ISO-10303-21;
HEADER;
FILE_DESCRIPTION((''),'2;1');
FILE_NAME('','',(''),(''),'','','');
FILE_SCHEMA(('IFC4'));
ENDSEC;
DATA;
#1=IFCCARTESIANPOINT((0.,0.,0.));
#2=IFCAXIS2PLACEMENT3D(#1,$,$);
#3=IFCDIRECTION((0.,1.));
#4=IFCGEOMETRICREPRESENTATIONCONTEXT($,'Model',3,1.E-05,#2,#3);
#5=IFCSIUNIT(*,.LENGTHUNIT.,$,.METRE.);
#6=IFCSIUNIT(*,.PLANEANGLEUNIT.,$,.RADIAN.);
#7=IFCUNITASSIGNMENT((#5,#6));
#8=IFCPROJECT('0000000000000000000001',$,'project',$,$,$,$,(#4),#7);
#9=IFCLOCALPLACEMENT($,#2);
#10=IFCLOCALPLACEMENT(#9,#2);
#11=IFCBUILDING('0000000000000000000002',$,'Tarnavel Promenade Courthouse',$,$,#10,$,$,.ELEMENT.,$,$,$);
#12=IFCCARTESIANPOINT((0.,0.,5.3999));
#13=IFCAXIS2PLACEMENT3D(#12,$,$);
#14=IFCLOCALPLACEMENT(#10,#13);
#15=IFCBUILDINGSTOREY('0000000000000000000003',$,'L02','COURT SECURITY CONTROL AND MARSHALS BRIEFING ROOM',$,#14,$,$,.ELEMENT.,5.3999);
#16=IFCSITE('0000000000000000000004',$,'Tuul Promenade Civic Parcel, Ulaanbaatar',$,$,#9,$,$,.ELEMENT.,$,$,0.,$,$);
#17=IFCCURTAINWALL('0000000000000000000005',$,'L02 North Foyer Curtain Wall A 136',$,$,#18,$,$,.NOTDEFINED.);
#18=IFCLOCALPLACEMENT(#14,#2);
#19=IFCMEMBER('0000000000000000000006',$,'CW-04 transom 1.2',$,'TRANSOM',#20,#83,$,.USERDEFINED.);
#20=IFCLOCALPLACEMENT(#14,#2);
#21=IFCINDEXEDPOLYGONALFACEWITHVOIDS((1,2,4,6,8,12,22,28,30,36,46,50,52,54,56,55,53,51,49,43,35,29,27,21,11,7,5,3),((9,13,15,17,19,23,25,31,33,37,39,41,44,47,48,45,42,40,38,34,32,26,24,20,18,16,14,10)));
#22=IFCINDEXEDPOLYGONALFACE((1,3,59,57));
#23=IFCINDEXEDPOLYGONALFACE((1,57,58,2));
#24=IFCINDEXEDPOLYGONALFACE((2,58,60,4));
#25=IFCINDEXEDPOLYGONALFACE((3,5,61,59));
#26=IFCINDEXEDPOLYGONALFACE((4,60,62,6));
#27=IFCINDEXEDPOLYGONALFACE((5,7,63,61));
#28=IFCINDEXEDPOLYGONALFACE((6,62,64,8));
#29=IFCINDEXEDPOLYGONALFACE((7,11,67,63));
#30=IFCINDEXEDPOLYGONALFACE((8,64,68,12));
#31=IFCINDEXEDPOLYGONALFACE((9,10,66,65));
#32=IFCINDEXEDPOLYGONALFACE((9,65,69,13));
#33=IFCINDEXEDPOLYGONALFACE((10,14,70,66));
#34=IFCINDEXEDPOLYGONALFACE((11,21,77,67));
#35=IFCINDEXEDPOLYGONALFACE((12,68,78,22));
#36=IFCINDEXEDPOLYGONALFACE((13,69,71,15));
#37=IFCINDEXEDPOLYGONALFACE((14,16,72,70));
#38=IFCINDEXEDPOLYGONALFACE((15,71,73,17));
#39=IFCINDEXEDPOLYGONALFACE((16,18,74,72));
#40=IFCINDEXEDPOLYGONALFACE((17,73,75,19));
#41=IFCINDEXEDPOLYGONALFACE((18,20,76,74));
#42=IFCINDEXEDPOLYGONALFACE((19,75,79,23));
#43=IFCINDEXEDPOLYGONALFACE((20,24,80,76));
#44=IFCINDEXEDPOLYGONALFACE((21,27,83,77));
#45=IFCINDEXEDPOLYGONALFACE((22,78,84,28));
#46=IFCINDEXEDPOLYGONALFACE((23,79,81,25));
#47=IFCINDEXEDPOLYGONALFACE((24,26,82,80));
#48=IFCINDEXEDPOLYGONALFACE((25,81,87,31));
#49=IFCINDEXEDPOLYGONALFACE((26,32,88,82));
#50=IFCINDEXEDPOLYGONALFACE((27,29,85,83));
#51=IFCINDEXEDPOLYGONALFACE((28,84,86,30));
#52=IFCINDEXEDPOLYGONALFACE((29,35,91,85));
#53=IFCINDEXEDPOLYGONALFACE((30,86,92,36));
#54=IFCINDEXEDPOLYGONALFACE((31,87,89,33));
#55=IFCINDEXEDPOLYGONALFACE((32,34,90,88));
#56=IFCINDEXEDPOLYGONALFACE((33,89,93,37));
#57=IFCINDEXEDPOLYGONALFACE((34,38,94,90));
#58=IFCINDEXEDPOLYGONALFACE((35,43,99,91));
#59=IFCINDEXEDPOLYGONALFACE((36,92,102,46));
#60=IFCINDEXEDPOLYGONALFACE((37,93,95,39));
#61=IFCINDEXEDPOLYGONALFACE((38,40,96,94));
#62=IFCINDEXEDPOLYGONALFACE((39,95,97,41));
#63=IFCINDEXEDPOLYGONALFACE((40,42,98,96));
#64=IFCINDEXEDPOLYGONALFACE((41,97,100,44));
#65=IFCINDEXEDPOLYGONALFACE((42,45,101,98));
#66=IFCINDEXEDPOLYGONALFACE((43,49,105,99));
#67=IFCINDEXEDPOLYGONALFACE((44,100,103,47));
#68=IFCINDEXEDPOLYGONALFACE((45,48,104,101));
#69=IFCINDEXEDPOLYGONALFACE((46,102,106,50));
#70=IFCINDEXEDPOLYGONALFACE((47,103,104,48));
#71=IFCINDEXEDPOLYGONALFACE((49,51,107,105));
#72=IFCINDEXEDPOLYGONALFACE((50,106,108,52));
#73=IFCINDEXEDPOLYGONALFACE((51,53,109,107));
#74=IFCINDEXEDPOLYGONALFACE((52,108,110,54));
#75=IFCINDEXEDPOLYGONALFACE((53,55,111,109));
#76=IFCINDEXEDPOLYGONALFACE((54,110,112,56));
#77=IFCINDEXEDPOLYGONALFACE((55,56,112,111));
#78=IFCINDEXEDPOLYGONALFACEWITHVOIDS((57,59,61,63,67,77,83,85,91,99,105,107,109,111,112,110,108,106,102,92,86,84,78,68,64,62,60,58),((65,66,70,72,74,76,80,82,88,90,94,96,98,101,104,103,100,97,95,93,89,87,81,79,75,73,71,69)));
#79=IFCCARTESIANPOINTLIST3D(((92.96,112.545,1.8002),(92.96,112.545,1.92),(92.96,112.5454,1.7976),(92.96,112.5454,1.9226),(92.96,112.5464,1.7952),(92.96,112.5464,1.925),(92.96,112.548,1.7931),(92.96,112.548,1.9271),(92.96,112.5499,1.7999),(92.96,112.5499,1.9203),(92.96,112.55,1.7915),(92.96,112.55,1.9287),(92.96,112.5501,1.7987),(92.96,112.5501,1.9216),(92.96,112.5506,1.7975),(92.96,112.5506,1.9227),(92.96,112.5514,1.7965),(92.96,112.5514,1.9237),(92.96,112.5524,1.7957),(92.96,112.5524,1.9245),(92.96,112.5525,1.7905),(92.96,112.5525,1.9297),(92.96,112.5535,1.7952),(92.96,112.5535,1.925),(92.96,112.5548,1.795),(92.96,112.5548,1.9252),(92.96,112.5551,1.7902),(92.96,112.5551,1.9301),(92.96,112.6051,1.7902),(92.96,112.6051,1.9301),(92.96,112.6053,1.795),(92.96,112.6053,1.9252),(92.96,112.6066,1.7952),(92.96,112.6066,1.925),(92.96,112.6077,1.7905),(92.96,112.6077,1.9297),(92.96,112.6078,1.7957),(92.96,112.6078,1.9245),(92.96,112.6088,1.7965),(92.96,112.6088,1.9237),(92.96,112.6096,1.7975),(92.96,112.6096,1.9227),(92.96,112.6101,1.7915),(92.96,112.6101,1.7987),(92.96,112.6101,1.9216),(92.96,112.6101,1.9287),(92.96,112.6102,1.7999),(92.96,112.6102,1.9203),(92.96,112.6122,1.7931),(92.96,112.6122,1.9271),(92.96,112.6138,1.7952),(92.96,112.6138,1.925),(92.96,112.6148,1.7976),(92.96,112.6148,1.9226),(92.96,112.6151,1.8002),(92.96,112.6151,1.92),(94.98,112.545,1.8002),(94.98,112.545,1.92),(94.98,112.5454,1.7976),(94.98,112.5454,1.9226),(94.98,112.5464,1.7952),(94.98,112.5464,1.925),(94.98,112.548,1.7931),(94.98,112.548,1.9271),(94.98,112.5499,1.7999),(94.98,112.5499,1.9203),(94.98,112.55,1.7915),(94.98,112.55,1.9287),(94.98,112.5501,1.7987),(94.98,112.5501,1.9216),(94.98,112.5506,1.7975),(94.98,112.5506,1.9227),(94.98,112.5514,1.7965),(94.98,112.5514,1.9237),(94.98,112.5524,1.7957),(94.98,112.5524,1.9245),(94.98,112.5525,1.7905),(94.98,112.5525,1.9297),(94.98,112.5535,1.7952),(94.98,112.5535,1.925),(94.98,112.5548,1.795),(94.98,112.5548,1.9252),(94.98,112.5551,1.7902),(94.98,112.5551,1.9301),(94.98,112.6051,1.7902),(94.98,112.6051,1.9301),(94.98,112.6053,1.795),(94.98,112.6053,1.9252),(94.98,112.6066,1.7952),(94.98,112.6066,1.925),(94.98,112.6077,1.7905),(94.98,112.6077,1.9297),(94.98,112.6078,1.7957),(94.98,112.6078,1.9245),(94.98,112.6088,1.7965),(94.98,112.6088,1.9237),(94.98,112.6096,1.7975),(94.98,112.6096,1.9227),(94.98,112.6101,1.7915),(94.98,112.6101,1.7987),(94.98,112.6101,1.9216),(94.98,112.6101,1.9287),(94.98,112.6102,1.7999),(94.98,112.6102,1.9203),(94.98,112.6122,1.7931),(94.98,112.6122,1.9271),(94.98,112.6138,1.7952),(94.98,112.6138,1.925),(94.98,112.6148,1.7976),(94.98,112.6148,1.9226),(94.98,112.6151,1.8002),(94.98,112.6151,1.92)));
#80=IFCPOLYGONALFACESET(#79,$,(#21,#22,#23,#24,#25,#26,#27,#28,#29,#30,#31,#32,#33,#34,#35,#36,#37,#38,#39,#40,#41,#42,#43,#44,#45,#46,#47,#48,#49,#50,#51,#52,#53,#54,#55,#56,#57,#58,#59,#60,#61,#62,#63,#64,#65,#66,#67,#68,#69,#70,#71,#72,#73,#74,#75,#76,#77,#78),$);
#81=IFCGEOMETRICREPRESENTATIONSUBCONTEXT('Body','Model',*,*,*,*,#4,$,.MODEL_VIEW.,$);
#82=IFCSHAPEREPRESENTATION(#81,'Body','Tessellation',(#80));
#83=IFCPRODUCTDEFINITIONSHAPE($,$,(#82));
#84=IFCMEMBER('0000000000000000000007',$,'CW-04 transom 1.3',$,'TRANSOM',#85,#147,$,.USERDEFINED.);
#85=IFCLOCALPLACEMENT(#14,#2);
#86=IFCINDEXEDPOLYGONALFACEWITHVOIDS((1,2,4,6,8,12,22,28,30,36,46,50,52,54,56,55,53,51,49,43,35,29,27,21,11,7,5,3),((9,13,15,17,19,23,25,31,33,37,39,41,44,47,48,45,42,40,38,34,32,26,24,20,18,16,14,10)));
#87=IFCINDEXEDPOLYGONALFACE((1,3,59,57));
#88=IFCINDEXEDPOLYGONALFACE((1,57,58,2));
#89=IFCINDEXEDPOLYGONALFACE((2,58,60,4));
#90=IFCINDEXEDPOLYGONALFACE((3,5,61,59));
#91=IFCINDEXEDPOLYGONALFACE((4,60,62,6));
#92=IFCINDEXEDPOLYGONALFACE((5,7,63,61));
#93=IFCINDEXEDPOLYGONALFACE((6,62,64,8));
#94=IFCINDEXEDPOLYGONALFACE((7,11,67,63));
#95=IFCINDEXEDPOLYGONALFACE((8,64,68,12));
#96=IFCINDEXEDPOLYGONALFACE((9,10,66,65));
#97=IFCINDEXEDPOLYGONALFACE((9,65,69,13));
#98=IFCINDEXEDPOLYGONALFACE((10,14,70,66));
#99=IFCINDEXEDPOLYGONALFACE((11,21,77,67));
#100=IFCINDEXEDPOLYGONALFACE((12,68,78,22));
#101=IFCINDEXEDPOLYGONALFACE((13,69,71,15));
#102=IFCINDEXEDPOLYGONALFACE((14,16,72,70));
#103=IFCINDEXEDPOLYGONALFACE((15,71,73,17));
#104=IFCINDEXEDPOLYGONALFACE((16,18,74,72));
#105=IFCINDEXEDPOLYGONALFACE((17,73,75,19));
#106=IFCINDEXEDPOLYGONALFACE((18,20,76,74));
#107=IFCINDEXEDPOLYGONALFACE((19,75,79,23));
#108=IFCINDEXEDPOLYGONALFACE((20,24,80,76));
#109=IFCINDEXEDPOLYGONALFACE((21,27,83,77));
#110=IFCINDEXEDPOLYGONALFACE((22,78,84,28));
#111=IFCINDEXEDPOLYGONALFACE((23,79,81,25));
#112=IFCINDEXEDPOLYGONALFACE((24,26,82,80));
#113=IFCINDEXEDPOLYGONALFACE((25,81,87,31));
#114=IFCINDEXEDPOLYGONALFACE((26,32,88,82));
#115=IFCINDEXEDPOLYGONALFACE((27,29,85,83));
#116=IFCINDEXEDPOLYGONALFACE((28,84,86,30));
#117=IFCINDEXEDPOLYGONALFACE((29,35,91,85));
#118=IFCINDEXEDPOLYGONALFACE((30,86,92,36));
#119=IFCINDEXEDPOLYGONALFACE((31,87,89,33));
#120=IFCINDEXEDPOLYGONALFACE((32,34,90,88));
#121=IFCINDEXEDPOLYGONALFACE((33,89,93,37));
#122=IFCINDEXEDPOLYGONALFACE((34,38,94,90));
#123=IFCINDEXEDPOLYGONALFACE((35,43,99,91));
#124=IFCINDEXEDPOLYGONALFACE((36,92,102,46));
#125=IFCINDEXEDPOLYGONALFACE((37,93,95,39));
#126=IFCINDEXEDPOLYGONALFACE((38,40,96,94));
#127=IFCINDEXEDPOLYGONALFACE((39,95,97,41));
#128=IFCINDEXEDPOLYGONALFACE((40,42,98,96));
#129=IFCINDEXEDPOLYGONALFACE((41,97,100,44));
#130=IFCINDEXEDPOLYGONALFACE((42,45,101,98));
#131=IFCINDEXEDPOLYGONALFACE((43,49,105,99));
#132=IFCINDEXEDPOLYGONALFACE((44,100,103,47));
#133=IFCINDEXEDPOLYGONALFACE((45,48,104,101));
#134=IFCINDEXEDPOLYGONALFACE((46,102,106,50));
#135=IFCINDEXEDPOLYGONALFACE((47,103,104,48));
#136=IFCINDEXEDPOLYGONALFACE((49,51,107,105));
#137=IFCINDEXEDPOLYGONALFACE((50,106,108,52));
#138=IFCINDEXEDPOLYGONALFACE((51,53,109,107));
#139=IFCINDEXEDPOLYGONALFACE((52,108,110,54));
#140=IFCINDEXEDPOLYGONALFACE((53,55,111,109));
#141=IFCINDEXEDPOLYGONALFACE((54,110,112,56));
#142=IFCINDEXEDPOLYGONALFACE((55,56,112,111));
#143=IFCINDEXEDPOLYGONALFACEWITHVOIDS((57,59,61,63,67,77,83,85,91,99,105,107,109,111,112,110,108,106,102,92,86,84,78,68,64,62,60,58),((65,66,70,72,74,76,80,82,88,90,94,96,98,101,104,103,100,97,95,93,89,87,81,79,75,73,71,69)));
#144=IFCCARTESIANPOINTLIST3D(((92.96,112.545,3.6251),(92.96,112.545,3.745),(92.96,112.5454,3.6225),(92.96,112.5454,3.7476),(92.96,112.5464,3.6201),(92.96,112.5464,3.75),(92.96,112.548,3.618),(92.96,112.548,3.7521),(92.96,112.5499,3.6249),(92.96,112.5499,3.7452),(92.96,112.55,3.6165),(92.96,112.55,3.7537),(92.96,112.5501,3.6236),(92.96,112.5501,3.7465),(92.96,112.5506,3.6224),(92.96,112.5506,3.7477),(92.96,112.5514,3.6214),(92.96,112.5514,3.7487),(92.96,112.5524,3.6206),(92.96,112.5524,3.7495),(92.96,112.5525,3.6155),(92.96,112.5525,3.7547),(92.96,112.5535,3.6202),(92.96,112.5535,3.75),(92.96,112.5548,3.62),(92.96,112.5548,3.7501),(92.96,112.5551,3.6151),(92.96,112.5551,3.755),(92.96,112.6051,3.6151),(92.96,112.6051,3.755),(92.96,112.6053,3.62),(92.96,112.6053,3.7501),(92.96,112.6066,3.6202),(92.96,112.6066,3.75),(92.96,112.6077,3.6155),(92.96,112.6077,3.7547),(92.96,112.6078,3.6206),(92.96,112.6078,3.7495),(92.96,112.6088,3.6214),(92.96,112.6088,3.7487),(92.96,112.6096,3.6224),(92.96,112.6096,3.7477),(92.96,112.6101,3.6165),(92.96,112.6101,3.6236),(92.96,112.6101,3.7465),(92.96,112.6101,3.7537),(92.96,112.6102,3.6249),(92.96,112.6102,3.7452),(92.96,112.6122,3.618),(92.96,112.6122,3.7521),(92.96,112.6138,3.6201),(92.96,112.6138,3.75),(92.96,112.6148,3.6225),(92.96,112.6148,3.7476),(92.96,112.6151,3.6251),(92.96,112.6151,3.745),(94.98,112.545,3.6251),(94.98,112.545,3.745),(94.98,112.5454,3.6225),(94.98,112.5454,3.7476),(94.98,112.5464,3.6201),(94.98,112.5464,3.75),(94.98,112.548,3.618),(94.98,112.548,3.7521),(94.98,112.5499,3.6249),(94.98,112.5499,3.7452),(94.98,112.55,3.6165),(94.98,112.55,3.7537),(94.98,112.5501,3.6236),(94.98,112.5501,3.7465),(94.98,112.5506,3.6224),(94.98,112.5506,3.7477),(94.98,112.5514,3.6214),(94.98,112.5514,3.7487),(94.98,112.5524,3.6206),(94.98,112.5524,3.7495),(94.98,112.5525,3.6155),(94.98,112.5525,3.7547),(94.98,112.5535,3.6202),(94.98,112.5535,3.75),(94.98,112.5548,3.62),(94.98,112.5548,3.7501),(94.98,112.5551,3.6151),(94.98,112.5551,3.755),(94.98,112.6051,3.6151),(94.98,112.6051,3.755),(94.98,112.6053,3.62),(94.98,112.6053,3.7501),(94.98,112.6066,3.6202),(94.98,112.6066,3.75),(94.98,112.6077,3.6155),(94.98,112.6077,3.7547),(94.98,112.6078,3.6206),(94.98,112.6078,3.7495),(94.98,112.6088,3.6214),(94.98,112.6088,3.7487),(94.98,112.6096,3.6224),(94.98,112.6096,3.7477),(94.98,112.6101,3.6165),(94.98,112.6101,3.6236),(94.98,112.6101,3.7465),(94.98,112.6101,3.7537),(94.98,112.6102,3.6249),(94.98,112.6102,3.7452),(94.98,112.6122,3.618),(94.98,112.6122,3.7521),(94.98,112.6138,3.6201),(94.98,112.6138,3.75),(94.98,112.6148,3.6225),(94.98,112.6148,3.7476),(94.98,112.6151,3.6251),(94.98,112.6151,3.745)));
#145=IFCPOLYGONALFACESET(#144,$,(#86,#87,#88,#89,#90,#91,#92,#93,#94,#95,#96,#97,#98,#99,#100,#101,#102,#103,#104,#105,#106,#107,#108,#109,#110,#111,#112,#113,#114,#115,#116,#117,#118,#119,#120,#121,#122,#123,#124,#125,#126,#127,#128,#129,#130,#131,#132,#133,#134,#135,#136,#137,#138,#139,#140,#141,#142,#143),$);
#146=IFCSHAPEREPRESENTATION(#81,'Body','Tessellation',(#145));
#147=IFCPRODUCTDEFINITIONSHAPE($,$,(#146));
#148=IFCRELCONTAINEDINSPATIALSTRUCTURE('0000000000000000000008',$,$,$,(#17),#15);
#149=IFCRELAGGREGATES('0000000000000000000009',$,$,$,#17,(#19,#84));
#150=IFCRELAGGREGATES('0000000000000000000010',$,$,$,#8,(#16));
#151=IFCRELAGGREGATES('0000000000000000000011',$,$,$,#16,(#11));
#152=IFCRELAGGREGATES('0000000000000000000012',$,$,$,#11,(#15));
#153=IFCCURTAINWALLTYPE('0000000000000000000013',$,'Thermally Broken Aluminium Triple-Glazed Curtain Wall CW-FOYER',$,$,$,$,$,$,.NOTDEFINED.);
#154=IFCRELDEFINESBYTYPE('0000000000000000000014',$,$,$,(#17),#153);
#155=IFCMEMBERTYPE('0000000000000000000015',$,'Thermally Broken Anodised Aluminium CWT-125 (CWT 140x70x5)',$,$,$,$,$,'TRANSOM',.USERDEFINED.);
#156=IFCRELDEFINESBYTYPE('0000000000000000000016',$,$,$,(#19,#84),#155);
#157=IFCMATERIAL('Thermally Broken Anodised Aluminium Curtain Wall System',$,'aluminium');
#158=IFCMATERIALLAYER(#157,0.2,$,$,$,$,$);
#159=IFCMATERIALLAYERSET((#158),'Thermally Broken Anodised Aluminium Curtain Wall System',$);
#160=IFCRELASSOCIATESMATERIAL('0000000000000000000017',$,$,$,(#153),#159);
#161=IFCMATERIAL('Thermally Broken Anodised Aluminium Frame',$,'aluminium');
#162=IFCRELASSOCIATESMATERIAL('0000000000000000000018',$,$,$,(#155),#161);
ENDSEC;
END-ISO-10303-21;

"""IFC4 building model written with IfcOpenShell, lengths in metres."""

from ifc_helpers import new_model, si_unit, direction, frame, origin, origin_2d, place, context, subcontext, project, spatial, hollow_rectangle, extrude, material, layer, layer_set, material_profile, profile_set, type_object, element, aggregate, save


model = new_model("IFC4")

# Units and contexts
model_context = context("Model", 3, precision=1e-05, world=origin(), true_north=direction((0.0, 1.0)))
body_context = subcontext(model_context, "Body", "Model", "MODEL_VIEW")
ifc_project = project(units=[si_unit("LENGTHUNIT", "METRE"), si_unit("PLANEANGLEUNIT", "RADIAN")], contexts=[model_context])

# Site, building, storey
site_placement = place(None, origin())
site = spatial("IfcSite", under=ifc_project, at=site_placement, Name="Tuul Promenade Civic Parcel, Ulaanbaatar", CompositionType="ELEMENT", RefElevation=0.0)
building_placement = place(site_placement, origin())
building = spatial("IfcBuilding", under=site, at=building_placement, Name="Tarnavel Promenade Courthouse", CompositionType="ELEMENT")
storey_placement = place(building_placement, frame((0.0, 0.0, 5.3999)))
storey = spatial("IfcBuildingStorey", under=building, at=storey_placement, Name="L02", Description="COURT SECURITY CONTROL AND MARSHALS BRIEFING ROOM", CompositionType="ELEMENT", Elevation=5.3999)

# Shared definitions
ifc_material_1 = material(Name="Thermally Broken Anodised Aluminium Curtain Wall System", Category="aluminium")
ifc_layer_1 = layer(ifc_material_1, 0.2)
ifc_layer_set_1 = layer_set([ifc_layer_1], Name="Thermally Broken Anodised Aluminium Curtain Wall System")
curtain_wall_type = type_object("IfcCurtainWallType", Name="Thermally Broken Aluminium Triple-Glazed Curtain Wall CW-FOYER", PredefinedType="NOTDEFINED", material=ifc_layer_set_1)
ifc_material_2 = material(Name="Thermally Broken Anodised Aluminium Frame", Category="aluminium")

# Curtain wall
curtain_wall_1_placement = place(storey_placement, origin())
curtain_wall_1 = element("IfcCurtainWall", 1, at=curtain_wall_1_placement, inside=storey, type_object=curtain_wall_type, Name="L02 North Foyer Curtain Wall A 136", PredefinedType="NOTDEFINED")

# Members
ifc_material_profile_1 = material_profile(ifc_material_2, hollow_rectangle(XDim=0.0701, YDim=0.1399, WallThickness=0.0049, InnerFilletRadius=0.0049, OuterFilletRadius=0.01, at=origin_2d()), Name="CWT 140x70x5")
ifc_profile_set_1 = profile_set([ifc_material_profile_1], Name="Thermally Broken Anodised Aluminium Frame")
member_type_1 = type_object("IfcMemberType", Name="Thermally Broken Anodised Aluminium CWT-125 (CWT 140x70x5)", ElementType="TRANSOM", PredefinedType="USERDEFINED", material=ifc_profile_set_1)
member_1_placement = place(storey_placement, frame((92.96, 112.5801, 1.8601), z_axis=(1.0, 0.0, 0.0), x_axis=(0.0, 1.0, 0.0)))
member_1 = element("IfcMember", 2, at=member_1_placement, type_object=member_type_1, Name="CW-04 transom 1.2", ObjectType="TRANSOM", PredefinedType="USERDEFINED", context=body_context, shape_type="SweptSolid", body=[
    extrude(hollow_rectangle(XDim=0.0701, YDim=0.1399, WallThickness=0.0049, InnerFilletRadius=0.0049, OuterFilletRadius=0.01, at=origin_2d()), origin(), (0.0, 0.0, 1.0), 2.02),
])
member_2_placement = place(storey_placement, frame((92.96, 112.5801, 3.6851), z_axis=(1.0, 0.0, 0.0), x_axis=(0.0, 1.0, 0.0)))
member_2 = element("IfcMember", 3, at=member_2_placement, type_object=member_type_1, Name="CW-04 transom 1.3", ObjectType="TRANSOM", PredefinedType="USERDEFINED", context=body_context, shape_type="SweptSolid", body=[
    extrude(hollow_rectangle(XDim=0.0701, YDim=0.1399, WallThickness=0.0049, InnerFilletRadius=0.0049, OuterFilletRadius=0.01, at=origin_2d()), origin(), (0.0, 0.0, 1.0), 2.02),
])

aggregate(curtain_wall_1, [member_1, member_2])

save(model, "model.ifc")
